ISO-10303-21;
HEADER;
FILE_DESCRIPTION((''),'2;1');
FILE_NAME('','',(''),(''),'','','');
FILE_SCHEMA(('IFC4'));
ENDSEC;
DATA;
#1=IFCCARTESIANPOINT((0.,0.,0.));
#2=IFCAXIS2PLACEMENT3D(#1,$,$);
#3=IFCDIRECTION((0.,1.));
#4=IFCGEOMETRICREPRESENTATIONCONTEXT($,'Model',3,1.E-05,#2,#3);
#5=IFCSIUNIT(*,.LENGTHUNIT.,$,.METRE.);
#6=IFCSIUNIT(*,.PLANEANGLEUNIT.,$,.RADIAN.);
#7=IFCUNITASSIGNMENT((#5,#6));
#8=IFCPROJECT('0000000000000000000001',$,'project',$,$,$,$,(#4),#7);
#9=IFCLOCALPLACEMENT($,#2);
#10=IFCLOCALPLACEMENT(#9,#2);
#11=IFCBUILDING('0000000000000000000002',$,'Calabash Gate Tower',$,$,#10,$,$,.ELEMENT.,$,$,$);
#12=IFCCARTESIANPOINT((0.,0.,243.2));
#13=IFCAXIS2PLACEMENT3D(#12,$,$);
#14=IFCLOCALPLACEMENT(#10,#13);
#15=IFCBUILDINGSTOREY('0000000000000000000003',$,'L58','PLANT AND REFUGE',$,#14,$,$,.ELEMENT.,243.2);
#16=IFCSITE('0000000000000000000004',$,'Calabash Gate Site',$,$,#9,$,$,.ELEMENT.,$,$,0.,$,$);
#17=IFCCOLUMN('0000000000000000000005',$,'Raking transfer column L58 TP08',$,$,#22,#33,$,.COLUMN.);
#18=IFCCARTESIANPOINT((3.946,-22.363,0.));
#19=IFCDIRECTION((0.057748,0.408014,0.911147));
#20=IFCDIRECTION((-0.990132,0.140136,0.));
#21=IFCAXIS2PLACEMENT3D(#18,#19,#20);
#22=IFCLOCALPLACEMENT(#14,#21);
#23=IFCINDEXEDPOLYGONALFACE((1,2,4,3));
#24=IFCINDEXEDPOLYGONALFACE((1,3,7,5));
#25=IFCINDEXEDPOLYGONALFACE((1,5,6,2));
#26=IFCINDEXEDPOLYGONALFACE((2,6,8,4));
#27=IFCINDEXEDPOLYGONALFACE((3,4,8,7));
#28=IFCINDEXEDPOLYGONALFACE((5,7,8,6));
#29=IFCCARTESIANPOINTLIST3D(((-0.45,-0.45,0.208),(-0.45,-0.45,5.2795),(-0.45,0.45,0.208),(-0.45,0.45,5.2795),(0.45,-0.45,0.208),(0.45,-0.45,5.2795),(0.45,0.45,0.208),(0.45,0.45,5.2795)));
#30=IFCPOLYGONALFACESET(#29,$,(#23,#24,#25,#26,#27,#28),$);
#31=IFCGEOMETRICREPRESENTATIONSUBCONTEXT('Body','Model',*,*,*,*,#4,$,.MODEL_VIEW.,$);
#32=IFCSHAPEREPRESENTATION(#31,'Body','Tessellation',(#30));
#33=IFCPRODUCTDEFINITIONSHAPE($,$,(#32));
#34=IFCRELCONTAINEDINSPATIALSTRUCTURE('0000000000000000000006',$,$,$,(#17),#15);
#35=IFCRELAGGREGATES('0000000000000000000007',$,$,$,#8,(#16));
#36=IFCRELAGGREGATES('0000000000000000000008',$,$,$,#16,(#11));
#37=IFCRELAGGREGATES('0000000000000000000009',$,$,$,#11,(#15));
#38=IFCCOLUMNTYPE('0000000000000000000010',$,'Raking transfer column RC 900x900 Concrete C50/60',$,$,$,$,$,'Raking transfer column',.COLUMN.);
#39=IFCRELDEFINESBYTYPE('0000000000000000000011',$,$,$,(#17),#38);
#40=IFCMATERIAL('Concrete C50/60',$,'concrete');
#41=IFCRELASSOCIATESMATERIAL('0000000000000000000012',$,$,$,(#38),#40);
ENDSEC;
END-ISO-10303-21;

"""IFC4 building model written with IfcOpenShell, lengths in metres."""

from ifc_helpers import new_model, si_unit, direction, frame, origin, origin_2d, place, context, subcontext, project, spatial, rectangle, extrude, clip, halfspace, material, material_profile, profile_set, type_object, element, save


model = new_model("IFC4")

# Units and contexts
model_context = context("Model", 3, precision=1e-05, world=origin(), true_north=direction((0.0, 1.0)))
body_context = subcontext(model_context, "Body", "Model", "MODEL_VIEW")
ifc_project = project(units=[si_unit("LENGTHUNIT", "METRE"), si_unit("PLANEANGLEUNIT", "RADIAN")], contexts=[model_context])

# Site, building, storey
site_placement = place(None, origin())
site = spatial("IfcSite", under=ifc_project, at=site_placement, Name="Calabash Gate Site", CompositionType="ELEMENT", RefElevation=0.0)
building_placement = place(site_placement, origin())
building = spatial("IfcBuilding", under=site, at=building_placement, Name="Calabash Gate Tower", CompositionType="ELEMENT")
storey_placement = place(building_placement, frame((0.0, 0.0, 243.2)))
storey = spatial("IfcBuildingStorey", under=building, at=storey_placement, Name="L58", Description="PLANT AND REFUGE", CompositionType="ELEMENT", Elevation=243.2)

# Column
ifc_material_1 = material(Name="Concrete C50/60", Category="concrete")
ifc_material_profile_1 = material_profile(ifc_material_1, rectangle(XDim=0.8999, YDim=0.8999, at=origin_2d()))
ifc_profile_set_1 = profile_set([ifc_material_profile_1], Name="Concrete C50/60")
column_type_1 = type_object("IfcColumnType", Name="Raking transfer column RC 900x900 Concrete C50/60", ElementType="Raking transfer column", PredefinedType="COLUMN", material=ifc_profile_set_1)
column_1_placement = place(storey_placement, frame((3.946, -22.363, 0.0), z_axis=(0.057748, 0.408014, 0.911147), x_axis=(-0.990132, 0.140136, 0.0)))
element("IfcColumn", 1, at=column_1_placement, inside=storey, type_object=column_type_1, Name="Raking transfer column L58 TP08", PredefinedType="COLUMN", context=body_context, shape_type="Clipping", body=[
    clip(clip(extrude(rectangle(XDim=0.8999, YDim=0.8999, at=origin_2d()), origin(), (0.0, 0.0, 1.0), 5.4875), halfspace(frame((0.0, 0.0, 0.208), z_axis=(0.0, 0.0, 1.0), x_axis=(1.0, 0.0, 0.0)), True)), halfspace(frame((0.0, 0.0, 5.2795), z_axis=(0.0, 0.0, 1.0), x_axis=(1.0, 0.0, 0.0)), False)),
])

save(model, "model.ifc")
